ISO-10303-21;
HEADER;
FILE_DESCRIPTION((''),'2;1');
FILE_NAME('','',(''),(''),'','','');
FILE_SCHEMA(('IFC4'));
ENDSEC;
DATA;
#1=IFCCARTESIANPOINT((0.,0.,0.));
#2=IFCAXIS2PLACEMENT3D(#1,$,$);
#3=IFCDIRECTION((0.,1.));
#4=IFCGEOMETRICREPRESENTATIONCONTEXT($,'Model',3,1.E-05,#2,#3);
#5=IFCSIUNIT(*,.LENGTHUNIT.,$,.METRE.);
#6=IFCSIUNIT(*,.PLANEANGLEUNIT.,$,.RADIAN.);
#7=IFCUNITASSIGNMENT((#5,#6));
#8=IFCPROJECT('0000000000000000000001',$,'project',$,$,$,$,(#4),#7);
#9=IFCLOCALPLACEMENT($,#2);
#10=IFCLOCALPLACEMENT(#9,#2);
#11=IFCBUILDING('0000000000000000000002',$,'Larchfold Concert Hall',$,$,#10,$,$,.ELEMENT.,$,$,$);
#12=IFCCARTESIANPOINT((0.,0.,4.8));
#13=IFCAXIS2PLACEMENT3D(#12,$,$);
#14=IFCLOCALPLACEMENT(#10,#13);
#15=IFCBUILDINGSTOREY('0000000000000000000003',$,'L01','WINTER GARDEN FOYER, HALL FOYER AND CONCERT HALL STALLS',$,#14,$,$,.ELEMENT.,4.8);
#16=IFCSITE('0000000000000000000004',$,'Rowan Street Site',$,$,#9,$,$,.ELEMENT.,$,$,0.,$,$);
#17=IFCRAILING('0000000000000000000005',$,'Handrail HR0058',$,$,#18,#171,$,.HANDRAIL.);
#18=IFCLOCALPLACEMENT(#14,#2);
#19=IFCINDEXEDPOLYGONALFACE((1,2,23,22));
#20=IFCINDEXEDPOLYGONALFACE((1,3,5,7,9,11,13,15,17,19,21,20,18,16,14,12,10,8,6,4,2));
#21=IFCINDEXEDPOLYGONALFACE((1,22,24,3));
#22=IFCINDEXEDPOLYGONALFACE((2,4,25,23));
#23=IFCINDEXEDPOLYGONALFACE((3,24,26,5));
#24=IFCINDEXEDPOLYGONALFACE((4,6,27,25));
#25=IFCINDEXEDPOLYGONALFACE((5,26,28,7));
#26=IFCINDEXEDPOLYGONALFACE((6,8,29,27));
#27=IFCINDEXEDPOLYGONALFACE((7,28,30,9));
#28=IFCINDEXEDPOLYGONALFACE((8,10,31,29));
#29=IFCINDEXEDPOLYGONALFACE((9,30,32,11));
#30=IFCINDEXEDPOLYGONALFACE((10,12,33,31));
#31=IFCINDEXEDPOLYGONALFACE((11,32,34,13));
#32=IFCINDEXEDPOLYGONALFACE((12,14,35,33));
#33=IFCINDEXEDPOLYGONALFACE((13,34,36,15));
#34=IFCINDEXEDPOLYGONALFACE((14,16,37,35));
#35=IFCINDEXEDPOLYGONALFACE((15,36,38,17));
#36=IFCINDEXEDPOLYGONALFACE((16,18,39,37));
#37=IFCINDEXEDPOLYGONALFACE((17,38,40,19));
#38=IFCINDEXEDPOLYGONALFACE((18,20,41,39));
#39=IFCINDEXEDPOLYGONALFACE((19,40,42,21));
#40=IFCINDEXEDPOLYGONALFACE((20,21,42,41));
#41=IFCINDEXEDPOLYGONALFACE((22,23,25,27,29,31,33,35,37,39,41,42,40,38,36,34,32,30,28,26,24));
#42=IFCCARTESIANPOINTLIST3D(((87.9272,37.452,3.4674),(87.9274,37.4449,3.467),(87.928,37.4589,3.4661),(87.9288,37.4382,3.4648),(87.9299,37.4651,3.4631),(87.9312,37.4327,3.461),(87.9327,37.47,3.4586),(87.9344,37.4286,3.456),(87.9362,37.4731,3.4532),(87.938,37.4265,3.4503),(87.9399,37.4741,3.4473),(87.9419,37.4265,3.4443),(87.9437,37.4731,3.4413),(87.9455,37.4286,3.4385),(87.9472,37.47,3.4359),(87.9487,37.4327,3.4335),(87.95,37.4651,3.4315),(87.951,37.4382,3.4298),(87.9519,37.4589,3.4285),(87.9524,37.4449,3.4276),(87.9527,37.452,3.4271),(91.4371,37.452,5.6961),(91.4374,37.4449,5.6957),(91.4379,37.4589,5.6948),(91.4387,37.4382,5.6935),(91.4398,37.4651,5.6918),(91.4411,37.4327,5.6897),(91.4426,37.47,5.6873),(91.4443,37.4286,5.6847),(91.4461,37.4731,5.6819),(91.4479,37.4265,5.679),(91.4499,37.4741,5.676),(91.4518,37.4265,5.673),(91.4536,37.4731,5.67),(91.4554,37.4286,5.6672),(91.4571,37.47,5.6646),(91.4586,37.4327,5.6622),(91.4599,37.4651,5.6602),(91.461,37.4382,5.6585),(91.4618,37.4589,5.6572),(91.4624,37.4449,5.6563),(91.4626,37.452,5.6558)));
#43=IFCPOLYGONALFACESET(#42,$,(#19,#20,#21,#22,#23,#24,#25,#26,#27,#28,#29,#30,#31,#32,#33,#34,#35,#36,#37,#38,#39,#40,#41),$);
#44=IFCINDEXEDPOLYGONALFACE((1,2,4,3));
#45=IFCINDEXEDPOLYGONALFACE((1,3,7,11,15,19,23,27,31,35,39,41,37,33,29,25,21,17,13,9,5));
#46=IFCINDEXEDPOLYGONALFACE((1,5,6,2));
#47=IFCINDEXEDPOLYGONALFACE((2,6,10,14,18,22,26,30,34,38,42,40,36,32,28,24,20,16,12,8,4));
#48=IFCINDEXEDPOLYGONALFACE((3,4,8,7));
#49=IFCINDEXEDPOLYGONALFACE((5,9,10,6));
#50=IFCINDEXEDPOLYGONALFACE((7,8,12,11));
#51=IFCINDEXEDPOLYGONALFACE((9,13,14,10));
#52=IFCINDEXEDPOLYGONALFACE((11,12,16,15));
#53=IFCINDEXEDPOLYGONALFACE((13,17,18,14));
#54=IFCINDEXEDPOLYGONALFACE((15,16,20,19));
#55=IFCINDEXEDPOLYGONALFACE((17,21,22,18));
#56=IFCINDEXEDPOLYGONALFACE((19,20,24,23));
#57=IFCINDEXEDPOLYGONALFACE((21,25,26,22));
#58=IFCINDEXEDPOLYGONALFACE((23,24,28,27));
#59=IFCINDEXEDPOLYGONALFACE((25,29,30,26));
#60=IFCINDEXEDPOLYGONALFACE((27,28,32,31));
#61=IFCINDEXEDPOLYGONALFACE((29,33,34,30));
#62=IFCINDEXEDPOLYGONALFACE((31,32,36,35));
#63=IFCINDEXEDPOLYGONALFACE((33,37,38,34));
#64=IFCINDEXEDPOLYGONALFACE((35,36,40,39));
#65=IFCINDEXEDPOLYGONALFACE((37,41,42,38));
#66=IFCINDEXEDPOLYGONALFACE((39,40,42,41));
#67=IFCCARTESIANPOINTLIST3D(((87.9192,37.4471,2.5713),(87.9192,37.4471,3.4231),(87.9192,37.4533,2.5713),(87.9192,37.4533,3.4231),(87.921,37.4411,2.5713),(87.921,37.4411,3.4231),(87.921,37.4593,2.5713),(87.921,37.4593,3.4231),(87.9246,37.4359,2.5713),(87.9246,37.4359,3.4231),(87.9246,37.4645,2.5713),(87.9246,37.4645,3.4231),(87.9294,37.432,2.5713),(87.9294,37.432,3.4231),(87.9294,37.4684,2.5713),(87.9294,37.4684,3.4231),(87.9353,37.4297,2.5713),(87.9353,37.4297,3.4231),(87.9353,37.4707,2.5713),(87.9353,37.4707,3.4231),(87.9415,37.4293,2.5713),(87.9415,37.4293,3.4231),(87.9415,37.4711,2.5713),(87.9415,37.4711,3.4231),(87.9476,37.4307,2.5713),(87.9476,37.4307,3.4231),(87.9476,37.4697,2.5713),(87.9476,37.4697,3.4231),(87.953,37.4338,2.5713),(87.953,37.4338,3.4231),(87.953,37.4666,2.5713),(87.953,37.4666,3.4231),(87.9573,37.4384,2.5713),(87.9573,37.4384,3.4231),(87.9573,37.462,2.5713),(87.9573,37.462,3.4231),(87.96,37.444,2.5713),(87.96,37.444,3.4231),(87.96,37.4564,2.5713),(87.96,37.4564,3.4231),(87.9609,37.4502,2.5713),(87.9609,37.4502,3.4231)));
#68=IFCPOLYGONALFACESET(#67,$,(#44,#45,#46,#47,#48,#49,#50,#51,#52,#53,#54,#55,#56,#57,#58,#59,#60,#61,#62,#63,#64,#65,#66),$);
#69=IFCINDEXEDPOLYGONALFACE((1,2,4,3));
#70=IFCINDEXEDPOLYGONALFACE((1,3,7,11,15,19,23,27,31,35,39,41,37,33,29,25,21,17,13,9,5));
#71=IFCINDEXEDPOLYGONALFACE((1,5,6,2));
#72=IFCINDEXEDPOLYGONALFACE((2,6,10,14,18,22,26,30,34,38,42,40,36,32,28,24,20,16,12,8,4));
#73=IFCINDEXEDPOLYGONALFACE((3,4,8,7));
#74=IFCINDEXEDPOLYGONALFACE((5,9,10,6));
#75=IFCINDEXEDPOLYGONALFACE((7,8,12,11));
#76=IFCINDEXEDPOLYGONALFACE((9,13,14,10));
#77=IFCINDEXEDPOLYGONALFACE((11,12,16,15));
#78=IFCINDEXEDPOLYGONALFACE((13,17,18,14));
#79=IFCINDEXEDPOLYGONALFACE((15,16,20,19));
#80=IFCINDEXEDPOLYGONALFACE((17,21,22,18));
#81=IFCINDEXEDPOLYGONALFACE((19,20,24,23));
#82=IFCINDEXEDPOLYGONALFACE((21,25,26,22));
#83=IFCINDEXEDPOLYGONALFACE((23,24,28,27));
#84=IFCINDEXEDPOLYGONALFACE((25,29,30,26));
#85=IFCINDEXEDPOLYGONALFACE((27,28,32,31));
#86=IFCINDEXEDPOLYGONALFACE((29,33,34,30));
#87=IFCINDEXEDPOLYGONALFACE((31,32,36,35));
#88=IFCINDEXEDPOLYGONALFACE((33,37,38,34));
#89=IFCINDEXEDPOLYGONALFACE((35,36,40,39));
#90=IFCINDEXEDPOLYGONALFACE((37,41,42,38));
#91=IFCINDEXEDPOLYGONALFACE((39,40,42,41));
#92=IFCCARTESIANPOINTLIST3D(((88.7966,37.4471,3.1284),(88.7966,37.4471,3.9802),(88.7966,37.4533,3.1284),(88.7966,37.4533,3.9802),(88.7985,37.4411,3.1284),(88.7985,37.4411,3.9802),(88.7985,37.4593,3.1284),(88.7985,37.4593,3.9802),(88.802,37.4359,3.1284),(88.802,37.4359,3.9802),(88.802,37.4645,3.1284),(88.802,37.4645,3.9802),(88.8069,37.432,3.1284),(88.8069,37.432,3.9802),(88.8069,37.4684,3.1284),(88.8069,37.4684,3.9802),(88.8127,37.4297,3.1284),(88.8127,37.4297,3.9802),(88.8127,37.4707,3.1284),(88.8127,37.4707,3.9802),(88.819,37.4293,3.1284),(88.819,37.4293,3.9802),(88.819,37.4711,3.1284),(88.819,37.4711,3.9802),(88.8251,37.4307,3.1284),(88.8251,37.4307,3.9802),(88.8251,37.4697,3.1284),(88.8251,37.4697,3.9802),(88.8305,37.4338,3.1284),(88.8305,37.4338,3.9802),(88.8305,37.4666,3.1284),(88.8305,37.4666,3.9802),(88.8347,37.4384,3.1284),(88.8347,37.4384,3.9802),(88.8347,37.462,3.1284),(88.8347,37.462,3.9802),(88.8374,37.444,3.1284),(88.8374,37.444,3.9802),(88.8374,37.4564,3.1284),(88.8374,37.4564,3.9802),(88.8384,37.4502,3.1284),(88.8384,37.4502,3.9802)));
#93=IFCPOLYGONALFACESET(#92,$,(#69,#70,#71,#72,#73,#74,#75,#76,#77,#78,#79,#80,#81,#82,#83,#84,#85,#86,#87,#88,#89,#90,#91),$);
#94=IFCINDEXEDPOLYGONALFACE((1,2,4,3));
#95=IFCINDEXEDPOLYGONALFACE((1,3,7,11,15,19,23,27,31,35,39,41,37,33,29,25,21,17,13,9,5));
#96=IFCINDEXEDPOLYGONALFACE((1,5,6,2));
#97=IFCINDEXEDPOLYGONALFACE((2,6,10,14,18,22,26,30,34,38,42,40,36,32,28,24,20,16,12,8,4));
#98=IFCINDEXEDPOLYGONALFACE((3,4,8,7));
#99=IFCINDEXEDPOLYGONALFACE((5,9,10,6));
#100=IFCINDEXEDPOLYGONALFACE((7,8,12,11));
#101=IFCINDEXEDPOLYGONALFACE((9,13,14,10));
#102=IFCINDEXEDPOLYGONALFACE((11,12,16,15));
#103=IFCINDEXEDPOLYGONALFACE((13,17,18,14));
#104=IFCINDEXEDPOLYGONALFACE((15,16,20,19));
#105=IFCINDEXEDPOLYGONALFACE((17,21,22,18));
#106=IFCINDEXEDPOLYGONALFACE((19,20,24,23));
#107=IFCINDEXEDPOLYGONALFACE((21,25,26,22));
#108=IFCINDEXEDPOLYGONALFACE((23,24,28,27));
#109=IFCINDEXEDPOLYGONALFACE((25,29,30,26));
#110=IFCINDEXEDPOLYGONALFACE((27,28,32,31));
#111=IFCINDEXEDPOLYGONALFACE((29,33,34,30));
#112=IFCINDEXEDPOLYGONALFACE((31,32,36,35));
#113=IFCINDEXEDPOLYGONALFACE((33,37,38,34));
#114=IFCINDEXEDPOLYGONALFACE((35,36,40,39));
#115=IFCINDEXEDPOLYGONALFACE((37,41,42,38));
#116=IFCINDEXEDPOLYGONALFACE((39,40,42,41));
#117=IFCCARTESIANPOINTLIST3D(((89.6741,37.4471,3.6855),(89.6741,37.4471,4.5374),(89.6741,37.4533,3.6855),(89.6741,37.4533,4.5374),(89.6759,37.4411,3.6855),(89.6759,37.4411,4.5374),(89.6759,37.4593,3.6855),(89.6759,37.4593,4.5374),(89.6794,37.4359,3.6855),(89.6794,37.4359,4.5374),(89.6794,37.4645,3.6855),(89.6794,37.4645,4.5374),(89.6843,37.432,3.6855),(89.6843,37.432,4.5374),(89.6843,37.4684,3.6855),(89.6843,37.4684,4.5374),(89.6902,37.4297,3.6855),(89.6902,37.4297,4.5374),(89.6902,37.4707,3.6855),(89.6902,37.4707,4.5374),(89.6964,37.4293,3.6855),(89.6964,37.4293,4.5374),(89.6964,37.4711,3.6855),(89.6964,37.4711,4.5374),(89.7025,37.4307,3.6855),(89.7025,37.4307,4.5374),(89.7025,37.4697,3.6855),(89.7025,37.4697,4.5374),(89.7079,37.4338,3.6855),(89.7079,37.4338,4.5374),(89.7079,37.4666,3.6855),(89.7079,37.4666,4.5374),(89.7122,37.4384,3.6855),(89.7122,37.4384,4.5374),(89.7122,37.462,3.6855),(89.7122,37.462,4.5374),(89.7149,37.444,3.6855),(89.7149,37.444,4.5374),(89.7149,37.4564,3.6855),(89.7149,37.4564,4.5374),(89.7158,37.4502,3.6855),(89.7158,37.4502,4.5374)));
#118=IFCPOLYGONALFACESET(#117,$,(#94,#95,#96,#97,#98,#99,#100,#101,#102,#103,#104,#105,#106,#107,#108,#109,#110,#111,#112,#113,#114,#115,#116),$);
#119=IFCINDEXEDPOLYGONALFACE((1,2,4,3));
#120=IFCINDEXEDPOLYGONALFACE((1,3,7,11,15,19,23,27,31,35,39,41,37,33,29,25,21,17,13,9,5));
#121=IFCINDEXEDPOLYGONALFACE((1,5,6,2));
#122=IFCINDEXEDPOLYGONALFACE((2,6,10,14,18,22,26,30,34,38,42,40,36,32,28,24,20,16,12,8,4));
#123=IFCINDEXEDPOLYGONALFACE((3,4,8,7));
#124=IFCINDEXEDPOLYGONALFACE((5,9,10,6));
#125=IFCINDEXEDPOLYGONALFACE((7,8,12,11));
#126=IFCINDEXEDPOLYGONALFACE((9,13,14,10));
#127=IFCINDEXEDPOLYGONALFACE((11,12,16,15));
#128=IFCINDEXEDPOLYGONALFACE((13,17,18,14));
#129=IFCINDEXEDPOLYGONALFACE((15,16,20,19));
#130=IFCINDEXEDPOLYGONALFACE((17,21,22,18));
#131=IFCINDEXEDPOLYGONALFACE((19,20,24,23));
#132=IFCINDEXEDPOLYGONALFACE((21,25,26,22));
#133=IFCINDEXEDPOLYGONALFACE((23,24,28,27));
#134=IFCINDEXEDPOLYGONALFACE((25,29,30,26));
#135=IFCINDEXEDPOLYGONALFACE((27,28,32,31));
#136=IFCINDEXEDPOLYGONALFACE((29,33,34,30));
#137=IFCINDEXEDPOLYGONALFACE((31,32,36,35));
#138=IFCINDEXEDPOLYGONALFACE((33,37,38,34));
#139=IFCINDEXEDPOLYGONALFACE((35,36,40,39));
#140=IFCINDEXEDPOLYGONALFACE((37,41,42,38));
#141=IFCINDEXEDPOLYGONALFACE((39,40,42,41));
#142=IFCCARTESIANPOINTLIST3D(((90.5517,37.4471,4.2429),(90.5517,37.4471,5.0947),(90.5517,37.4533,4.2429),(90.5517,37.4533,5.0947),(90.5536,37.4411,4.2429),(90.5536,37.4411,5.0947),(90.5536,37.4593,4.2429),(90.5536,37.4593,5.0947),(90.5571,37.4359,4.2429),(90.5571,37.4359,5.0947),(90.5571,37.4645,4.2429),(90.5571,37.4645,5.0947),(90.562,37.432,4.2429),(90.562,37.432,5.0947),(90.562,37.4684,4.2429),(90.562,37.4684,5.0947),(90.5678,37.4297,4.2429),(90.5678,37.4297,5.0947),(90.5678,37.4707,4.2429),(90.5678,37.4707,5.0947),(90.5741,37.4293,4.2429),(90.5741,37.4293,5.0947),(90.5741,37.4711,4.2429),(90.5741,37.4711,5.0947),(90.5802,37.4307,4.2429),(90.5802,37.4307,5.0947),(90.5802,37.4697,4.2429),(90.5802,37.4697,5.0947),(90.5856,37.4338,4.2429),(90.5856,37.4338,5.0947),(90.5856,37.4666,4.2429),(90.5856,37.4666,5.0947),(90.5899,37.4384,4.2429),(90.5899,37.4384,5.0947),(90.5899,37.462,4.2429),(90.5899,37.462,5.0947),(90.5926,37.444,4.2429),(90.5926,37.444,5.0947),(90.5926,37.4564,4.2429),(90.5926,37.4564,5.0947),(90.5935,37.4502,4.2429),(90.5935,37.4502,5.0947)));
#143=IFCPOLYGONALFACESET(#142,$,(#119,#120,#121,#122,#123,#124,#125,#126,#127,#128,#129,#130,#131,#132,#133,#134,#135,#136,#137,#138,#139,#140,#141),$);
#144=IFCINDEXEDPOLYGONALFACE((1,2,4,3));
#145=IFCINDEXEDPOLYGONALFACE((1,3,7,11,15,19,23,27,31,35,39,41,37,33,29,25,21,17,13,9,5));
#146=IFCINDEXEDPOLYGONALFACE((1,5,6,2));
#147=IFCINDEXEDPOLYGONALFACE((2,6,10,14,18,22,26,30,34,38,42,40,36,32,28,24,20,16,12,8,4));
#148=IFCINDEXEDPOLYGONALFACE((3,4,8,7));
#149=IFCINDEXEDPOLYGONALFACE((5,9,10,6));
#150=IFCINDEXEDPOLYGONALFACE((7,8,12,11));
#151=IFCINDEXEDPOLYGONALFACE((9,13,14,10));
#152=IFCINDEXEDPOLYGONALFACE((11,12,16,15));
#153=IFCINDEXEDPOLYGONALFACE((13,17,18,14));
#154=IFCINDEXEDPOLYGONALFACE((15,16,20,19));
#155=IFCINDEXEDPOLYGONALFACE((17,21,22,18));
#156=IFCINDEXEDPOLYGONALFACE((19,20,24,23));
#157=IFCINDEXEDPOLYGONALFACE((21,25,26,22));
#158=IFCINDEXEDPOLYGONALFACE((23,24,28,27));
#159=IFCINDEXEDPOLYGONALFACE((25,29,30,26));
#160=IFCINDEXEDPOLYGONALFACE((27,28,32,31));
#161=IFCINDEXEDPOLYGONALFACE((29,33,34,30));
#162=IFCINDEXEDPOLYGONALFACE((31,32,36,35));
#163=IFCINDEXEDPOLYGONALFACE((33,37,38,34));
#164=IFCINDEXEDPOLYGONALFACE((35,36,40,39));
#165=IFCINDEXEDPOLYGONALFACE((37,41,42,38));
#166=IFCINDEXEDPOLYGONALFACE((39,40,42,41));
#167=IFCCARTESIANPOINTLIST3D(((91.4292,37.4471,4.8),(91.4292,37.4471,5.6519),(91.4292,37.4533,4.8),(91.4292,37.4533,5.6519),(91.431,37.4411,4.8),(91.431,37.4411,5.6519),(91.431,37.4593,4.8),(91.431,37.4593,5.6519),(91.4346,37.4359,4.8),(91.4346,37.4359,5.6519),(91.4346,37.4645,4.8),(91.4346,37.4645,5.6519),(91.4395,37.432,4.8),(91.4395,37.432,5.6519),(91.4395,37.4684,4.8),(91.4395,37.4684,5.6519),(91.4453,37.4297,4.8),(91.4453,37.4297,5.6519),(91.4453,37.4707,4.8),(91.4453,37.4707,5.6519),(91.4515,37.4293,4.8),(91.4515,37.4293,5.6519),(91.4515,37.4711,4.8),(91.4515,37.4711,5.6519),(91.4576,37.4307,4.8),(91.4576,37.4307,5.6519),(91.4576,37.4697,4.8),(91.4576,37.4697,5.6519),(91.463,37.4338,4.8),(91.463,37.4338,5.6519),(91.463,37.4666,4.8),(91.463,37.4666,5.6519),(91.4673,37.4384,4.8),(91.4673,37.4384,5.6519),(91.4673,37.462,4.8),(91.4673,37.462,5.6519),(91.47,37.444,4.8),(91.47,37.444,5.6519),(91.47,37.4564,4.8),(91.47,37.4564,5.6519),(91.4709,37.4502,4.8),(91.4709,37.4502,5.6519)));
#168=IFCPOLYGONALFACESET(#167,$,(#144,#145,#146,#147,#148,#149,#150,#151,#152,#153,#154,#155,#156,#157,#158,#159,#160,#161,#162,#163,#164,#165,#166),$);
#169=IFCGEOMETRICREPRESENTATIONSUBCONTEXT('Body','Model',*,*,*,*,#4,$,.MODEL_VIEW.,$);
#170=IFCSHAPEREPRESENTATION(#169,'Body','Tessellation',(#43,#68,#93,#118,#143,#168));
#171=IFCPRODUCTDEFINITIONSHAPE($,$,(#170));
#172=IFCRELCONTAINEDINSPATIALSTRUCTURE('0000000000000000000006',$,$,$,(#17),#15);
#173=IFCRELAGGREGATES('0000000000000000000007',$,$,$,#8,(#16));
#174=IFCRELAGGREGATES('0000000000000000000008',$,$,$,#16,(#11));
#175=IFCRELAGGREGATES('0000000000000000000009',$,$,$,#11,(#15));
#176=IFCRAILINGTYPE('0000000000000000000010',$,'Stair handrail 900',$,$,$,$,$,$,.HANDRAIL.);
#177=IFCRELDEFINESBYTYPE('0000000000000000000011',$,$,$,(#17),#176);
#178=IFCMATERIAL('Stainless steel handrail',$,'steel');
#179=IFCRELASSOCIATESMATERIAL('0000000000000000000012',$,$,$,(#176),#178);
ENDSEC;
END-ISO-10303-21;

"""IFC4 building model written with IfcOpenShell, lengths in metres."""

from ifc_helpers import new_model, si_unit, direction, frame, origin, origin_2d, place, context, subcontext, project, spatial, circle, extrude, material, type_object, element, save


model = new_model("IFC4")

# Units and contexts
model_context = context("Model", 3, precision=1e-05, world=origin(), true_north=direction((0.0, 1.0)))
body_context = subcontext(model_context, "Body", "Model", "MODEL_VIEW")
ifc_project = project(units=[si_unit("LENGTHUNIT", "METRE"), si_unit("PLANEANGLEUNIT", "RADIAN")], contexts=[model_context])

# Site, building, storey
site_placement = place(None, origin())
site = spatial("IfcSite", under=ifc_project, at=site_placement, Name="Rowan Street Site", CompositionType="ELEMENT", RefElevation=0.0)
building_placement = place(site_placement, origin())
building = spatial("IfcBuilding", under=site, at=building_placement, Name="Larchfold Concert Hall", CompositionType="ELEMENT")
storey_placement = place(building_placement, frame((0.0, 0.0, 4.8)))
storey = spatial("IfcBuildingStorey", under=building, at=storey_placement, Name="L01", Description="WINTER GARDEN FOYER, HALL FOYER AND CONCERT HALL STALLS", CompositionType="ELEMENT", Elevation=4.8)

# Railing
ifc_material_1 = material(Name="Stainless steel handrail", Category="steel")
railing_type_1 = type_object("IfcRailingType", Name="Stair handrail 900", PredefinedType="HANDRAIL", material=ifc_material_1)
for number, where, name in (
    (1, (87.9399, 37.4502, 2.5713), "Handrail HR0058"),
):
    element("IfcRailing", number, at=place(storey_placement, frame(where)), inside=storey, type_object=railing_type_1, Name=name, PredefinedType="HANDRAIL", context=body_context, shape_type="SweptSolid", body=[
        extrude(circle(Radius=0.0239, at=origin_2d()), frame((0.0, 0.0, 0.876), z_axis=(0.844193, 0.0, 0.536039), x_axis=(0.0, 1.0, 0.0)), (0.0, 0.0, 1.0), 4.1577),
        extrude(circle(Radius=0.021, at=origin_2d()), origin(), (0.0, 0.0, 1.0), 0.8518),
        extrude(circle(Radius=0.021, at=origin_2d()), frame((0.8774, 0.0, 0.5571)), (0.0, 0.0, 1.0), 0.8518),
        extrude(circle(Radius=0.021, at=origin_2d()), frame((1.7549, 0.0, 1.1143)), (0.0, 0.0, 1.0), 0.8518),
        extrude(circle(Radius=0.021, at=origin_2d()), frame((2.6326, 0.0, 1.6716)), (0.0, 0.0, 1.0), 0.8518),
        extrude(circle(Radius=0.021, at=origin_2d()), frame((3.51, 0.0, 2.2288)), (0.0, 0.0, 1.0), 0.8518),
    ])

save(model, "model.ifc")
